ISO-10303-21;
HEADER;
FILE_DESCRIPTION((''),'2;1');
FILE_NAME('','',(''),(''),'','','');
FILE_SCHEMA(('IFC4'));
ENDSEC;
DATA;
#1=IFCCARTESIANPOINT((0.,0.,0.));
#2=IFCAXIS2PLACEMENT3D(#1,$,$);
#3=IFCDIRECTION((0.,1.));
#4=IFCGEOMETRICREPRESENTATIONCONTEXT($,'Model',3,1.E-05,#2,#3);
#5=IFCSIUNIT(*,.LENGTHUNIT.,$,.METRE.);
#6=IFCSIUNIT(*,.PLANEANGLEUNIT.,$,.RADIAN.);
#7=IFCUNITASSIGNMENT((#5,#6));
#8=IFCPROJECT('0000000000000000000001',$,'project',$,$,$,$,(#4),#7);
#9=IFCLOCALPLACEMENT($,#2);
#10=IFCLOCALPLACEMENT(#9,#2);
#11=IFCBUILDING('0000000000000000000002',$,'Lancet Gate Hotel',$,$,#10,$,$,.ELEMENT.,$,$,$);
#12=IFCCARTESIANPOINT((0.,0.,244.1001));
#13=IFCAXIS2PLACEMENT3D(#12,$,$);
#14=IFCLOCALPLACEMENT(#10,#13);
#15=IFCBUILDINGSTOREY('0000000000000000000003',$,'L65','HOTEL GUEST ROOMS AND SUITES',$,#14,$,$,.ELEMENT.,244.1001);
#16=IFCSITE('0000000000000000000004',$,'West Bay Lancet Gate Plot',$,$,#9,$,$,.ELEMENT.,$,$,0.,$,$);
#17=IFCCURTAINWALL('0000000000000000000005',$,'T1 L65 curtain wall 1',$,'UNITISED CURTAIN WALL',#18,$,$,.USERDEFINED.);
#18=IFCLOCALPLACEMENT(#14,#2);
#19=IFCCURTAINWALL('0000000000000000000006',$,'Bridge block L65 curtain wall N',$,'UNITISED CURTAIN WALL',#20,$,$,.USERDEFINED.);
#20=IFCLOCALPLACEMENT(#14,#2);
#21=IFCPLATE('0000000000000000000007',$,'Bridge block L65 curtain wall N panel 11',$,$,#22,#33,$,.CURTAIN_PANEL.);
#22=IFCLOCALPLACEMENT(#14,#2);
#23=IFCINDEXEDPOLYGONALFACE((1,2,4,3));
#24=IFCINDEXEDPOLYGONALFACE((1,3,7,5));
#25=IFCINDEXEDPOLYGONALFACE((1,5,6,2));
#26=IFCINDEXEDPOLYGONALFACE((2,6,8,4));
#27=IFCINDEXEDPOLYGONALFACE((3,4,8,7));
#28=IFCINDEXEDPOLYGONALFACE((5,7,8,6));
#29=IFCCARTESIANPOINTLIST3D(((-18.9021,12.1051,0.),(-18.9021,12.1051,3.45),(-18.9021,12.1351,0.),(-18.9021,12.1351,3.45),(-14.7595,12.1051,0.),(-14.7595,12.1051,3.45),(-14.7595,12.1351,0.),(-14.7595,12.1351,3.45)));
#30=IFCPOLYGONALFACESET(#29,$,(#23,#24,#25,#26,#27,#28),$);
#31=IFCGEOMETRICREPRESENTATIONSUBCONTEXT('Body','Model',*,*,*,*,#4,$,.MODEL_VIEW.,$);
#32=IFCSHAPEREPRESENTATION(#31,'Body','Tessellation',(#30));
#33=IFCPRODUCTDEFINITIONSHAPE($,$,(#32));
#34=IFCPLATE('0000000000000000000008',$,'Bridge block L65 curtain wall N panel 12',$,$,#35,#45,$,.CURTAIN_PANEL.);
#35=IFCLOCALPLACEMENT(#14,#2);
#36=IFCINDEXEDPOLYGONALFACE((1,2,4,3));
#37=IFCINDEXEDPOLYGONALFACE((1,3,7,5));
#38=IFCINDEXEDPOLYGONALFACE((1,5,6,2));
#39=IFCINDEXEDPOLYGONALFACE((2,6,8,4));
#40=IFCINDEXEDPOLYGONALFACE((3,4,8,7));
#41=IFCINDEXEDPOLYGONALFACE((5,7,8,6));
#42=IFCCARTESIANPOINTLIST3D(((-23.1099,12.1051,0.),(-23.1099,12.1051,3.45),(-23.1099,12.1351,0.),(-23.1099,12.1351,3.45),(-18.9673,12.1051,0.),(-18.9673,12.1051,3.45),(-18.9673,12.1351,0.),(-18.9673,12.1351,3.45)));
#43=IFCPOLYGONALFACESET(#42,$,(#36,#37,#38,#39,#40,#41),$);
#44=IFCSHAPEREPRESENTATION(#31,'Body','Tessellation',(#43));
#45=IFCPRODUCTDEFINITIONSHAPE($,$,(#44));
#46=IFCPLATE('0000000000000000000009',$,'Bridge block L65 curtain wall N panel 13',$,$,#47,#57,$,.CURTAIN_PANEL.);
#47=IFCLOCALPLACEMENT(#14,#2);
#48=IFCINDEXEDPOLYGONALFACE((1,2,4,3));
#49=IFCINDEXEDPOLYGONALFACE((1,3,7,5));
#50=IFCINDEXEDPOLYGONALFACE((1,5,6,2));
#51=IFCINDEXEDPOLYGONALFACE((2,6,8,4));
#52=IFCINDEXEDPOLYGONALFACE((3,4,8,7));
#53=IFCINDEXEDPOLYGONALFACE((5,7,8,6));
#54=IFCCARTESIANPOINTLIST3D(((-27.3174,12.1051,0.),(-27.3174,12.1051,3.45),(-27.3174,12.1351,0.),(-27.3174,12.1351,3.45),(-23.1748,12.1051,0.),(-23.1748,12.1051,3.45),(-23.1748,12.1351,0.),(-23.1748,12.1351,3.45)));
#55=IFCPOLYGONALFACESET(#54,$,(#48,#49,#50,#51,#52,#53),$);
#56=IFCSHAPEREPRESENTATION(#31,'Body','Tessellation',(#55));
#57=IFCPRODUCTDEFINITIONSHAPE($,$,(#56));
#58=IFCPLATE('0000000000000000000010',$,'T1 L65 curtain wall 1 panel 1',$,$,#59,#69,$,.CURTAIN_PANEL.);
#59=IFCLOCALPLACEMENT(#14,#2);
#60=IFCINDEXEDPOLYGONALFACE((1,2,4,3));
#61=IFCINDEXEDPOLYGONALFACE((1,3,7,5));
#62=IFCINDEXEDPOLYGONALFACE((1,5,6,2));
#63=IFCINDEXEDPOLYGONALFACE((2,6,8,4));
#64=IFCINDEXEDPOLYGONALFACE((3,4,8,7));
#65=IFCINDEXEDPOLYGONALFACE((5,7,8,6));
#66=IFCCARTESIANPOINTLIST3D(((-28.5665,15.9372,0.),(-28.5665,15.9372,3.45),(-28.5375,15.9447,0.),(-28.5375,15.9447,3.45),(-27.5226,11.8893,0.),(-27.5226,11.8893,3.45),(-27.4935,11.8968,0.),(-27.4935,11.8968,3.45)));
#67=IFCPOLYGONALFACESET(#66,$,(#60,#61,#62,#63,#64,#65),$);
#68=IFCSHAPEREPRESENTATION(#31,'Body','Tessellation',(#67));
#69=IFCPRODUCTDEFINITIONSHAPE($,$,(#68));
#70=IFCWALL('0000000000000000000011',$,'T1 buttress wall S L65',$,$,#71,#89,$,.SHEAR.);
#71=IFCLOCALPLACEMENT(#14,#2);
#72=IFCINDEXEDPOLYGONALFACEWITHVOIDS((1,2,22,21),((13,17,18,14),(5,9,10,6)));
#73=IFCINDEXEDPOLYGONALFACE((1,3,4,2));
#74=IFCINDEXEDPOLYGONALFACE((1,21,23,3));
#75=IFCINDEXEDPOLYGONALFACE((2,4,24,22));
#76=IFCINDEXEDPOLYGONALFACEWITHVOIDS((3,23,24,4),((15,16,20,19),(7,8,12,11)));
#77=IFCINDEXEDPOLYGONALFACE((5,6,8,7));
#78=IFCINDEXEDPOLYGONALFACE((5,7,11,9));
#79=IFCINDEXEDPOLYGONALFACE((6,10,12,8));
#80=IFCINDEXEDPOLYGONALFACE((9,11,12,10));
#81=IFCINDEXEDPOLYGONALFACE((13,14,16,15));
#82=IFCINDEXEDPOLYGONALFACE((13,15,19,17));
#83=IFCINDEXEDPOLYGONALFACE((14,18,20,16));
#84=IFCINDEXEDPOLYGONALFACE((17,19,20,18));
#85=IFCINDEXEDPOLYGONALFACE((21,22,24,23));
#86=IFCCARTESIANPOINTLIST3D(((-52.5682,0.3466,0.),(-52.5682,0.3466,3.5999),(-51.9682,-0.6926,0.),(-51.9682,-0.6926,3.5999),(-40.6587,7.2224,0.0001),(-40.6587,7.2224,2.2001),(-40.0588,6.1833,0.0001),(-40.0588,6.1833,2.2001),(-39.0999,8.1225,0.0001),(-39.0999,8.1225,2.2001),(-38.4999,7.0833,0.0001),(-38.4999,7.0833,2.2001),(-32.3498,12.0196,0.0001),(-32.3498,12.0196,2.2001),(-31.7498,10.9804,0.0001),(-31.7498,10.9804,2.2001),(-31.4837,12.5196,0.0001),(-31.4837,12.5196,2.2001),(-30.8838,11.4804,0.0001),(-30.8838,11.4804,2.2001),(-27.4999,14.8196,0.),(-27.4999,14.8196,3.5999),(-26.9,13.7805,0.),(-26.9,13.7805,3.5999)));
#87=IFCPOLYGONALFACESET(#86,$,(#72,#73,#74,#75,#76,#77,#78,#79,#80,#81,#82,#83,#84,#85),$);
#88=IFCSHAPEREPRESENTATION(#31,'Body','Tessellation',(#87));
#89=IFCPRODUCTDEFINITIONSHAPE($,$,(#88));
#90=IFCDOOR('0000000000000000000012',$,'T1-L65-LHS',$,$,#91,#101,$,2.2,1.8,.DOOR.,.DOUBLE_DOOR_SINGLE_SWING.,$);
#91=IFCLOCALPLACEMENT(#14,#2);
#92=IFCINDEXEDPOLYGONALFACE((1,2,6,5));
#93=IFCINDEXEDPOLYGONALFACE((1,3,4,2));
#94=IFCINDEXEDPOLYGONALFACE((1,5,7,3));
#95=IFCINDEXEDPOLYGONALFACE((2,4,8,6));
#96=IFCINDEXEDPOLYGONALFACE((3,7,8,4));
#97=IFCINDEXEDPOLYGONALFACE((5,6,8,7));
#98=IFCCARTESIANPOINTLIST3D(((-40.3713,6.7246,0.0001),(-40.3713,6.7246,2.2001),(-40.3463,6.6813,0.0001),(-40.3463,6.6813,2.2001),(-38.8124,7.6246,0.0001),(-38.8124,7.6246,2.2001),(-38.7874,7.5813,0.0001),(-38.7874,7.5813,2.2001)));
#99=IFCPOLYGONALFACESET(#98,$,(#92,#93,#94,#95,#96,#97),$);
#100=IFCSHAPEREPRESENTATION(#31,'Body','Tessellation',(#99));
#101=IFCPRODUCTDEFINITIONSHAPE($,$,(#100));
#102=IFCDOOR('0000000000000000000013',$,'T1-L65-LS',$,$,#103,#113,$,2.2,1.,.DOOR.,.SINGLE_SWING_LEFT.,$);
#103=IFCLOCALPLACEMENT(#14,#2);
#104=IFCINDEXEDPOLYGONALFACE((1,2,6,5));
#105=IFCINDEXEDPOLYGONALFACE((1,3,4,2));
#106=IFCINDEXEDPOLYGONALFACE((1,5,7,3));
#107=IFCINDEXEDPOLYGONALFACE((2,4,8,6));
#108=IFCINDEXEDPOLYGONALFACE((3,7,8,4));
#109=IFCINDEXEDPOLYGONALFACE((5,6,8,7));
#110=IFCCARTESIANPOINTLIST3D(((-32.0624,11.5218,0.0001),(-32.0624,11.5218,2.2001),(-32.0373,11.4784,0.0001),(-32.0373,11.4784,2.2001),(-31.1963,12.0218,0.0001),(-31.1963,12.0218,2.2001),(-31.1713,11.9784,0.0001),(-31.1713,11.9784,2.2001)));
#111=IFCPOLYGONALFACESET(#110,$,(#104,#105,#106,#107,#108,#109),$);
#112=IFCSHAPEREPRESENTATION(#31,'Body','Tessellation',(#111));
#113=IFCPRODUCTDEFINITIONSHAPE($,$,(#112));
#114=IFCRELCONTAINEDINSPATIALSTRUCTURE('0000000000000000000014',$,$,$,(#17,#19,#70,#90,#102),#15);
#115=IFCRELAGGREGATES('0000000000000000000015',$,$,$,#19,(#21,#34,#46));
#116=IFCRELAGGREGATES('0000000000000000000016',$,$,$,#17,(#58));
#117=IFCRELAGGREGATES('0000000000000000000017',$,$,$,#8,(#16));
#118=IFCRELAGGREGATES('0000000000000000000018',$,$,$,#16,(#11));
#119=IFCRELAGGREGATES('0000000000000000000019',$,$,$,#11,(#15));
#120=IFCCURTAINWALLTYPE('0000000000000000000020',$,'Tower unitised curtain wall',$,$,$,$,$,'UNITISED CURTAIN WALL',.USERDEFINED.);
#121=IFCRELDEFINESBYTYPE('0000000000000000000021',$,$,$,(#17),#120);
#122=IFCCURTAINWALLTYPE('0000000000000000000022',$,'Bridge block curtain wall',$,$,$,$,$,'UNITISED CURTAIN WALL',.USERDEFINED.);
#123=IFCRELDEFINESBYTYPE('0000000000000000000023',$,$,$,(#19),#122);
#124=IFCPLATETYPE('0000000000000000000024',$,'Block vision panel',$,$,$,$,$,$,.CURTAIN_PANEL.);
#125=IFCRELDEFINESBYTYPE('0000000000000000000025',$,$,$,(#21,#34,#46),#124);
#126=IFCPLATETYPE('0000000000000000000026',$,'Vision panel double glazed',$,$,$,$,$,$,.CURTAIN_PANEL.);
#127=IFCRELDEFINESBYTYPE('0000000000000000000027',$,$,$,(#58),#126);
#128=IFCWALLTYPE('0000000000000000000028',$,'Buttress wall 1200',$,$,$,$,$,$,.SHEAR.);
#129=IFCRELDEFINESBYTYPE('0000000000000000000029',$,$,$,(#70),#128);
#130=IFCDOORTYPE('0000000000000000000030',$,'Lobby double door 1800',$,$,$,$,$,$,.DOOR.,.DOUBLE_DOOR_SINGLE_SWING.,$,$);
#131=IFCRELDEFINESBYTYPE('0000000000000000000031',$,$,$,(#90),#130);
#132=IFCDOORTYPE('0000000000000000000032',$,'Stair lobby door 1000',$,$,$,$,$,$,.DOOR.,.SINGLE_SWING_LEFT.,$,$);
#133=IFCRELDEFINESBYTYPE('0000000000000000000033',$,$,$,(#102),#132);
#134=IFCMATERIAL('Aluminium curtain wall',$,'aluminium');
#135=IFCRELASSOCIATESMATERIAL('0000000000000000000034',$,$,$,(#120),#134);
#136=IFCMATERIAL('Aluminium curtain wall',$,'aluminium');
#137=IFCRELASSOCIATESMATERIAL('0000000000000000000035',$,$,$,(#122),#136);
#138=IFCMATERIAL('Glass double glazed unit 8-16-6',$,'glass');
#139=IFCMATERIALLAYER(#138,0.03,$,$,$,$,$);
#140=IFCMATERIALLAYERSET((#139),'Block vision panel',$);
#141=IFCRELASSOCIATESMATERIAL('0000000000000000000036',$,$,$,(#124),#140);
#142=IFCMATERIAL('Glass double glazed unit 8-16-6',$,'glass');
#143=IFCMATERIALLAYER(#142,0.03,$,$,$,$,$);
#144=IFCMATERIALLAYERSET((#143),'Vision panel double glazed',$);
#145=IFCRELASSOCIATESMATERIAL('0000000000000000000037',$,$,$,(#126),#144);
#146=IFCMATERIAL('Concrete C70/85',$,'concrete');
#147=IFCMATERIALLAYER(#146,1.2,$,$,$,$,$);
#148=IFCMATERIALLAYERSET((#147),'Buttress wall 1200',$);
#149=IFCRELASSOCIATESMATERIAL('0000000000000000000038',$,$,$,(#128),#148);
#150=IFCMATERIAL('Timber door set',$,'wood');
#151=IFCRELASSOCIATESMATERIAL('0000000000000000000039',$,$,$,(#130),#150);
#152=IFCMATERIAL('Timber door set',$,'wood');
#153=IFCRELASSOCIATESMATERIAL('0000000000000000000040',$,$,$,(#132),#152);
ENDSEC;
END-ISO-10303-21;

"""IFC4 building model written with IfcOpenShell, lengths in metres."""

from ifc_helpers import new_model, si_unit, direction, frame, frame_2d, origin, origin_2d, place, context, subcontext, project, spatial, rectangle, extrude, material, layer, layer_set, type_object, element, fill, aggregate, save


model = new_model("IFC4")

# Units and contexts
model_context = context("Model", 3, precision=1e-05, world=origin(), true_north=direction((0.0, 1.0)))
body_context = subcontext(model_context, "Body", "Model", "MODEL_VIEW")
ifc_project = project(units=[si_unit("LENGTHUNIT", "METRE"), si_unit("PLANEANGLEUNIT", "RADIAN")], contexts=[model_context])

# Site, building, storey
site_placement = place(None, origin())
site = spatial("IfcSite", under=ifc_project, at=site_placement, Name="West Bay Lancet Gate Plot", CompositionType="ELEMENT", RefElevation=0.0)
building_placement = place(site_placement, origin())
building = spatial("IfcBuilding", under=site, at=building_placement, Name="Lancet Gate Hotel", CompositionType="ELEMENT")
storey_placement = place(building_placement, frame((0.0, 0.0, 244.1001)))
storey = spatial("IfcBuildingStorey", under=building, at=storey_placement, Name="L65", Description="HOTEL GUEST ROOMS AND SUITES", CompositionType="ELEMENT", Elevation=244.1001)

# Curtain walls
ifc_material_1 = material(Name="Aluminium curtain wall", Category="aluminium")
curtain_wall_type_1 = type_object("IfcCurtainWallType", Name="Tower unitised curtain wall", ElementType="UNITISED CURTAIN WALL", PredefinedType="USERDEFINED", material=ifc_material_1)
curtain_wall_1_placement = place(storey_placement, origin())
curtain_wall_1 = element("IfcCurtainWall", 1, at=curtain_wall_1_placement, inside=storey, type_object=curtain_wall_type_1, Name="T1 L65 curtain wall 1", ObjectType="UNITISED CURTAIN WALL", PredefinedType="USERDEFINED")
ifc_material_2 = material(Name="Aluminium curtain wall", Category="aluminium")
curtain_wall_type_2 = type_object("IfcCurtainWallType", Name="Bridge block curtain wall", ElementType="UNITISED CURTAIN WALL", PredefinedType="USERDEFINED", material=ifc_material_2)
curtain_wall_2_placement = place(storey_placement, origin())
curtain_wall_2 = element("IfcCurtainWall", 2, at=curtain_wall_2_placement, inside=storey, type_object=curtain_wall_type_2, Name="Bridge block L65 curtain wall N", ObjectType="UNITISED CURTAIN WALL", PredefinedType="USERDEFINED")

# Plates
ifc_material_3 = material(Name="Glass double glazed unit 8-16-6", Category="glass")
ifc_layer_1 = layer(ifc_material_3, 0.03)
ifc_layer_set_1 = layer_set([ifc_layer_1], Name="Block vision panel")
plate_type_1 = type_object("IfcPlateType", Name="Block vision panel", PredefinedType="CURTAIN_PANEL", material=ifc_layer_set_1)
plate_1_placement = place(storey_placement, frame((-16.8308, 12.1201, 0.0), z_axis=(0.0, 0.0, 1.0), x_axis=(-1.0, 0.0, 0.0)))
plate_1 = element("IfcPlate", 3, at=plate_1_placement, type_object=plate_type_1, Name="Bridge block L65 curtain wall N panel 11", PredefinedType="CURTAIN_PANEL", context=body_context, shape_type="SweptSolid", body=[
    extrude(rectangle(XDim=4.1426, YDim=0.03, at=origin_2d()), origin(), (0.0, 0.0, 1.0), 3.45),
])
plate_2_placement = place(storey_placement, frame((-21.0386, 12.1201, 0.0), z_axis=(0.0, 0.0, 1.0), x_axis=(-1.0, 0.0, 0.0)))
plate_2 = element("IfcPlate", 4, at=plate_2_placement, type_object=plate_type_1, Name="Bridge block L65 curtain wall N panel 12", PredefinedType="CURTAIN_PANEL", context=body_context, shape_type="SweptSolid", body=[
    extrude(rectangle(XDim=4.1426, YDim=0.03, at=origin_2d()), origin(), (0.0, 0.0, 1.0), 3.45),
])
plate_3_placement = place(storey_placement, frame((-25.2461, 12.1201, 0.0), z_axis=(0.0, 0.0, 1.0), x_axis=(-1.0, 0.0, 0.0)))
plate_3 = element("IfcPlate", 5, at=plate_3_placement, type_object=plate_type_1, Name="Bridge block L65 curtain wall N panel 13", PredefinedType="CURTAIN_PANEL", context=body_context, shape_type="SweptSolid", body=[
    extrude(rectangle(XDim=4.1426, YDim=0.03, at=origin_2d()), origin(), (0.0, 0.0, 1.0), 3.45),
])
aggregate(curtain_wall_2, [plate_1, plate_2, plate_3])
ifc_material_4 = material(Name="Glass double glazed unit 8-16-6", Category="glass")
ifc_layer_2 = layer(ifc_material_4, 0.03)
ifc_layer_set_2 = layer_set([ifc_layer_2], Name="Vision panel double glazed")
plate_type_2 = type_object("IfcPlateType", Name="Vision panel double glazed", PredefinedType="CURTAIN_PANEL", material=ifc_layer_set_2)
plate_4_placement = place(storey_placement, frame((-28.03, 13.917, 0.0), z_axis=(0.0, 0.0, 1.0), x_axis=(-0.249726, 0.968317, 0.0)))
plate_4 = element("IfcPlate", 6, at=plate_4_placement, type_object=plate_type_2, Name="T1 L65 curtain wall 1 panel 1", PredefinedType="CURTAIN_PANEL", context=body_context, shape_type="SweptSolid", body=[
    extrude(rectangle(XDim=4.1804, YDim=0.03, at=origin_2d()), origin(), (0.0, 0.0, 1.0), 3.45),
])
aggregate(curtain_wall_1, [plate_4])

# Wall, openings, doors
ifc_material_5 = material(Name="Concrete C70/85", Category="concrete")
ifc_layer_3 = layer(ifc_material_5, 1.2)
ifc_layer_set_3 = layer_set([ifc_layer_3], Name="Buttress wall 1200")
wall_type_1 = type_object("IfcWallType", Name="Buttress wall 1200", PredefinedType="SHEAR", material=ifc_layer_set_3)
wall_1_placement = place(storey_placement, frame((-27.2, 14.3, 0.0), z_axis=(0.0, 0.0, 1.0), x_axis=(-0.866027, -0.499998, 0.0)))
wall_1 = element("IfcWall", 7, at=wall_1_placement, inside=storey, type_object=wall_type_1, Name="T1 buttress wall S L65", PredefinedType="SHEAR", context=body_context, shape_type="SweptSolid", body=[
    extrude(rectangle(XDim=28.9463, YDim=1.2, at=frame_2d((14.4731, 0.0))), origin(), (0.0, 0.0, 1.0), 3.5999),
])
opening_1_placement = place(wall_1_placement, frame((4.6001, 0.0, 0.0)))
opening_1 = element("IfcOpeningElement", 8, at=opening_1_placement, cuts=wall_1, PredefinedType="OPENING", context=body_context, shape_type="SweptSolid", body=[
    extrude(rectangle(XDim=1.0, YDim=2.2, at=frame_2d((0.5, 1.1001))), frame((0.0, 0.6099, 0.0), z_axis=(0.0, -1.0, 0.0), x_axis=(1.0, 0.0, 0.0)), (0.0, 0.0, 1.0), 1.22),
])
opening_2_placement = place(wall_1_placement, frame((13.3945, 0.0, 0.0)))
opening_2 = element("IfcOpeningElement", 9, at=opening_2_placement, cuts=wall_1, PredefinedType="OPENING", context=body_context, shape_type="SweptSolid", body=[
    extrude(rectangle(XDim=1.8, YDim=2.2, at=frame_2d((0.8999, 1.1001))), frame((0.0, 0.6099, 0.0), z_axis=(0.0, -1.0, 0.0), x_axis=(1.0, 0.0, 0.0)), (0.0, 0.0, 1.0), 1.22),
])
ifc_material_6 = material(Name="Timber door set", Category="wood")
door_type_1 = type_object("IfcDoorType", Name="Lobby double door 1800", OperationType="DOUBLE_DOOR_SINGLE_SWING", PredefinedType="DOOR", material=ifc_material_6)
door_1_placement = place(opening_2_placement, origin())
door_1 = element("IfcDoor", 10, at=door_1_placement, inside=storey, type_object=door_type_1, Name="T1-L65-LHS", OperationType="DOUBLE_DOOR_SINGLE_SWING", OverallHeight=2.2, OverallWidth=1.8, PredefinedType="DOOR", context=body_context, shape_type="SweptSolid", body=[
    extrude(rectangle(XDim=1.8, YDim=2.2, at=frame_2d((0.8999, 1.1001))), frame((0.0, 0.0249, 0.0), z_axis=(0.0, -1.0, 0.0), x_axis=(1.0, 0.0, 0.0)), (0.0, 0.0, 1.0), 0.05),
])
fill(opening_2, door_1)
ifc_material_7 = material(Name="Timber door set", Category="wood")
door_type_2 = type_object("IfcDoorType", Name="Stair lobby door 1000", OperationType="SINGLE_SWING_LEFT", PredefinedType="DOOR", material=ifc_material_7)
door_2_placement = place(opening_1_placement, origin())
door_2 = element("IfcDoor", 11, at=door_2_placement, inside=storey, type_object=door_type_2, Name="T1-L65-LS", OperationType="SINGLE_SWING_LEFT", OverallHeight=2.2, OverallWidth=1.0, PredefinedType="DOOR", context=body_context, shape_type="SweptSolid", body=[
    extrude(rectangle(XDim=1.0, YDim=2.2, at=frame_2d((0.5, 1.1001))), frame((0.0, 0.0249, 0.0), z_axis=(0.0, -1.0, 0.0), x_axis=(1.0, 0.0, 0.0)), (0.0, 0.0, 1.0), 0.05),
])
fill(opening_1, door_2)

save(model, "model.ifc")
